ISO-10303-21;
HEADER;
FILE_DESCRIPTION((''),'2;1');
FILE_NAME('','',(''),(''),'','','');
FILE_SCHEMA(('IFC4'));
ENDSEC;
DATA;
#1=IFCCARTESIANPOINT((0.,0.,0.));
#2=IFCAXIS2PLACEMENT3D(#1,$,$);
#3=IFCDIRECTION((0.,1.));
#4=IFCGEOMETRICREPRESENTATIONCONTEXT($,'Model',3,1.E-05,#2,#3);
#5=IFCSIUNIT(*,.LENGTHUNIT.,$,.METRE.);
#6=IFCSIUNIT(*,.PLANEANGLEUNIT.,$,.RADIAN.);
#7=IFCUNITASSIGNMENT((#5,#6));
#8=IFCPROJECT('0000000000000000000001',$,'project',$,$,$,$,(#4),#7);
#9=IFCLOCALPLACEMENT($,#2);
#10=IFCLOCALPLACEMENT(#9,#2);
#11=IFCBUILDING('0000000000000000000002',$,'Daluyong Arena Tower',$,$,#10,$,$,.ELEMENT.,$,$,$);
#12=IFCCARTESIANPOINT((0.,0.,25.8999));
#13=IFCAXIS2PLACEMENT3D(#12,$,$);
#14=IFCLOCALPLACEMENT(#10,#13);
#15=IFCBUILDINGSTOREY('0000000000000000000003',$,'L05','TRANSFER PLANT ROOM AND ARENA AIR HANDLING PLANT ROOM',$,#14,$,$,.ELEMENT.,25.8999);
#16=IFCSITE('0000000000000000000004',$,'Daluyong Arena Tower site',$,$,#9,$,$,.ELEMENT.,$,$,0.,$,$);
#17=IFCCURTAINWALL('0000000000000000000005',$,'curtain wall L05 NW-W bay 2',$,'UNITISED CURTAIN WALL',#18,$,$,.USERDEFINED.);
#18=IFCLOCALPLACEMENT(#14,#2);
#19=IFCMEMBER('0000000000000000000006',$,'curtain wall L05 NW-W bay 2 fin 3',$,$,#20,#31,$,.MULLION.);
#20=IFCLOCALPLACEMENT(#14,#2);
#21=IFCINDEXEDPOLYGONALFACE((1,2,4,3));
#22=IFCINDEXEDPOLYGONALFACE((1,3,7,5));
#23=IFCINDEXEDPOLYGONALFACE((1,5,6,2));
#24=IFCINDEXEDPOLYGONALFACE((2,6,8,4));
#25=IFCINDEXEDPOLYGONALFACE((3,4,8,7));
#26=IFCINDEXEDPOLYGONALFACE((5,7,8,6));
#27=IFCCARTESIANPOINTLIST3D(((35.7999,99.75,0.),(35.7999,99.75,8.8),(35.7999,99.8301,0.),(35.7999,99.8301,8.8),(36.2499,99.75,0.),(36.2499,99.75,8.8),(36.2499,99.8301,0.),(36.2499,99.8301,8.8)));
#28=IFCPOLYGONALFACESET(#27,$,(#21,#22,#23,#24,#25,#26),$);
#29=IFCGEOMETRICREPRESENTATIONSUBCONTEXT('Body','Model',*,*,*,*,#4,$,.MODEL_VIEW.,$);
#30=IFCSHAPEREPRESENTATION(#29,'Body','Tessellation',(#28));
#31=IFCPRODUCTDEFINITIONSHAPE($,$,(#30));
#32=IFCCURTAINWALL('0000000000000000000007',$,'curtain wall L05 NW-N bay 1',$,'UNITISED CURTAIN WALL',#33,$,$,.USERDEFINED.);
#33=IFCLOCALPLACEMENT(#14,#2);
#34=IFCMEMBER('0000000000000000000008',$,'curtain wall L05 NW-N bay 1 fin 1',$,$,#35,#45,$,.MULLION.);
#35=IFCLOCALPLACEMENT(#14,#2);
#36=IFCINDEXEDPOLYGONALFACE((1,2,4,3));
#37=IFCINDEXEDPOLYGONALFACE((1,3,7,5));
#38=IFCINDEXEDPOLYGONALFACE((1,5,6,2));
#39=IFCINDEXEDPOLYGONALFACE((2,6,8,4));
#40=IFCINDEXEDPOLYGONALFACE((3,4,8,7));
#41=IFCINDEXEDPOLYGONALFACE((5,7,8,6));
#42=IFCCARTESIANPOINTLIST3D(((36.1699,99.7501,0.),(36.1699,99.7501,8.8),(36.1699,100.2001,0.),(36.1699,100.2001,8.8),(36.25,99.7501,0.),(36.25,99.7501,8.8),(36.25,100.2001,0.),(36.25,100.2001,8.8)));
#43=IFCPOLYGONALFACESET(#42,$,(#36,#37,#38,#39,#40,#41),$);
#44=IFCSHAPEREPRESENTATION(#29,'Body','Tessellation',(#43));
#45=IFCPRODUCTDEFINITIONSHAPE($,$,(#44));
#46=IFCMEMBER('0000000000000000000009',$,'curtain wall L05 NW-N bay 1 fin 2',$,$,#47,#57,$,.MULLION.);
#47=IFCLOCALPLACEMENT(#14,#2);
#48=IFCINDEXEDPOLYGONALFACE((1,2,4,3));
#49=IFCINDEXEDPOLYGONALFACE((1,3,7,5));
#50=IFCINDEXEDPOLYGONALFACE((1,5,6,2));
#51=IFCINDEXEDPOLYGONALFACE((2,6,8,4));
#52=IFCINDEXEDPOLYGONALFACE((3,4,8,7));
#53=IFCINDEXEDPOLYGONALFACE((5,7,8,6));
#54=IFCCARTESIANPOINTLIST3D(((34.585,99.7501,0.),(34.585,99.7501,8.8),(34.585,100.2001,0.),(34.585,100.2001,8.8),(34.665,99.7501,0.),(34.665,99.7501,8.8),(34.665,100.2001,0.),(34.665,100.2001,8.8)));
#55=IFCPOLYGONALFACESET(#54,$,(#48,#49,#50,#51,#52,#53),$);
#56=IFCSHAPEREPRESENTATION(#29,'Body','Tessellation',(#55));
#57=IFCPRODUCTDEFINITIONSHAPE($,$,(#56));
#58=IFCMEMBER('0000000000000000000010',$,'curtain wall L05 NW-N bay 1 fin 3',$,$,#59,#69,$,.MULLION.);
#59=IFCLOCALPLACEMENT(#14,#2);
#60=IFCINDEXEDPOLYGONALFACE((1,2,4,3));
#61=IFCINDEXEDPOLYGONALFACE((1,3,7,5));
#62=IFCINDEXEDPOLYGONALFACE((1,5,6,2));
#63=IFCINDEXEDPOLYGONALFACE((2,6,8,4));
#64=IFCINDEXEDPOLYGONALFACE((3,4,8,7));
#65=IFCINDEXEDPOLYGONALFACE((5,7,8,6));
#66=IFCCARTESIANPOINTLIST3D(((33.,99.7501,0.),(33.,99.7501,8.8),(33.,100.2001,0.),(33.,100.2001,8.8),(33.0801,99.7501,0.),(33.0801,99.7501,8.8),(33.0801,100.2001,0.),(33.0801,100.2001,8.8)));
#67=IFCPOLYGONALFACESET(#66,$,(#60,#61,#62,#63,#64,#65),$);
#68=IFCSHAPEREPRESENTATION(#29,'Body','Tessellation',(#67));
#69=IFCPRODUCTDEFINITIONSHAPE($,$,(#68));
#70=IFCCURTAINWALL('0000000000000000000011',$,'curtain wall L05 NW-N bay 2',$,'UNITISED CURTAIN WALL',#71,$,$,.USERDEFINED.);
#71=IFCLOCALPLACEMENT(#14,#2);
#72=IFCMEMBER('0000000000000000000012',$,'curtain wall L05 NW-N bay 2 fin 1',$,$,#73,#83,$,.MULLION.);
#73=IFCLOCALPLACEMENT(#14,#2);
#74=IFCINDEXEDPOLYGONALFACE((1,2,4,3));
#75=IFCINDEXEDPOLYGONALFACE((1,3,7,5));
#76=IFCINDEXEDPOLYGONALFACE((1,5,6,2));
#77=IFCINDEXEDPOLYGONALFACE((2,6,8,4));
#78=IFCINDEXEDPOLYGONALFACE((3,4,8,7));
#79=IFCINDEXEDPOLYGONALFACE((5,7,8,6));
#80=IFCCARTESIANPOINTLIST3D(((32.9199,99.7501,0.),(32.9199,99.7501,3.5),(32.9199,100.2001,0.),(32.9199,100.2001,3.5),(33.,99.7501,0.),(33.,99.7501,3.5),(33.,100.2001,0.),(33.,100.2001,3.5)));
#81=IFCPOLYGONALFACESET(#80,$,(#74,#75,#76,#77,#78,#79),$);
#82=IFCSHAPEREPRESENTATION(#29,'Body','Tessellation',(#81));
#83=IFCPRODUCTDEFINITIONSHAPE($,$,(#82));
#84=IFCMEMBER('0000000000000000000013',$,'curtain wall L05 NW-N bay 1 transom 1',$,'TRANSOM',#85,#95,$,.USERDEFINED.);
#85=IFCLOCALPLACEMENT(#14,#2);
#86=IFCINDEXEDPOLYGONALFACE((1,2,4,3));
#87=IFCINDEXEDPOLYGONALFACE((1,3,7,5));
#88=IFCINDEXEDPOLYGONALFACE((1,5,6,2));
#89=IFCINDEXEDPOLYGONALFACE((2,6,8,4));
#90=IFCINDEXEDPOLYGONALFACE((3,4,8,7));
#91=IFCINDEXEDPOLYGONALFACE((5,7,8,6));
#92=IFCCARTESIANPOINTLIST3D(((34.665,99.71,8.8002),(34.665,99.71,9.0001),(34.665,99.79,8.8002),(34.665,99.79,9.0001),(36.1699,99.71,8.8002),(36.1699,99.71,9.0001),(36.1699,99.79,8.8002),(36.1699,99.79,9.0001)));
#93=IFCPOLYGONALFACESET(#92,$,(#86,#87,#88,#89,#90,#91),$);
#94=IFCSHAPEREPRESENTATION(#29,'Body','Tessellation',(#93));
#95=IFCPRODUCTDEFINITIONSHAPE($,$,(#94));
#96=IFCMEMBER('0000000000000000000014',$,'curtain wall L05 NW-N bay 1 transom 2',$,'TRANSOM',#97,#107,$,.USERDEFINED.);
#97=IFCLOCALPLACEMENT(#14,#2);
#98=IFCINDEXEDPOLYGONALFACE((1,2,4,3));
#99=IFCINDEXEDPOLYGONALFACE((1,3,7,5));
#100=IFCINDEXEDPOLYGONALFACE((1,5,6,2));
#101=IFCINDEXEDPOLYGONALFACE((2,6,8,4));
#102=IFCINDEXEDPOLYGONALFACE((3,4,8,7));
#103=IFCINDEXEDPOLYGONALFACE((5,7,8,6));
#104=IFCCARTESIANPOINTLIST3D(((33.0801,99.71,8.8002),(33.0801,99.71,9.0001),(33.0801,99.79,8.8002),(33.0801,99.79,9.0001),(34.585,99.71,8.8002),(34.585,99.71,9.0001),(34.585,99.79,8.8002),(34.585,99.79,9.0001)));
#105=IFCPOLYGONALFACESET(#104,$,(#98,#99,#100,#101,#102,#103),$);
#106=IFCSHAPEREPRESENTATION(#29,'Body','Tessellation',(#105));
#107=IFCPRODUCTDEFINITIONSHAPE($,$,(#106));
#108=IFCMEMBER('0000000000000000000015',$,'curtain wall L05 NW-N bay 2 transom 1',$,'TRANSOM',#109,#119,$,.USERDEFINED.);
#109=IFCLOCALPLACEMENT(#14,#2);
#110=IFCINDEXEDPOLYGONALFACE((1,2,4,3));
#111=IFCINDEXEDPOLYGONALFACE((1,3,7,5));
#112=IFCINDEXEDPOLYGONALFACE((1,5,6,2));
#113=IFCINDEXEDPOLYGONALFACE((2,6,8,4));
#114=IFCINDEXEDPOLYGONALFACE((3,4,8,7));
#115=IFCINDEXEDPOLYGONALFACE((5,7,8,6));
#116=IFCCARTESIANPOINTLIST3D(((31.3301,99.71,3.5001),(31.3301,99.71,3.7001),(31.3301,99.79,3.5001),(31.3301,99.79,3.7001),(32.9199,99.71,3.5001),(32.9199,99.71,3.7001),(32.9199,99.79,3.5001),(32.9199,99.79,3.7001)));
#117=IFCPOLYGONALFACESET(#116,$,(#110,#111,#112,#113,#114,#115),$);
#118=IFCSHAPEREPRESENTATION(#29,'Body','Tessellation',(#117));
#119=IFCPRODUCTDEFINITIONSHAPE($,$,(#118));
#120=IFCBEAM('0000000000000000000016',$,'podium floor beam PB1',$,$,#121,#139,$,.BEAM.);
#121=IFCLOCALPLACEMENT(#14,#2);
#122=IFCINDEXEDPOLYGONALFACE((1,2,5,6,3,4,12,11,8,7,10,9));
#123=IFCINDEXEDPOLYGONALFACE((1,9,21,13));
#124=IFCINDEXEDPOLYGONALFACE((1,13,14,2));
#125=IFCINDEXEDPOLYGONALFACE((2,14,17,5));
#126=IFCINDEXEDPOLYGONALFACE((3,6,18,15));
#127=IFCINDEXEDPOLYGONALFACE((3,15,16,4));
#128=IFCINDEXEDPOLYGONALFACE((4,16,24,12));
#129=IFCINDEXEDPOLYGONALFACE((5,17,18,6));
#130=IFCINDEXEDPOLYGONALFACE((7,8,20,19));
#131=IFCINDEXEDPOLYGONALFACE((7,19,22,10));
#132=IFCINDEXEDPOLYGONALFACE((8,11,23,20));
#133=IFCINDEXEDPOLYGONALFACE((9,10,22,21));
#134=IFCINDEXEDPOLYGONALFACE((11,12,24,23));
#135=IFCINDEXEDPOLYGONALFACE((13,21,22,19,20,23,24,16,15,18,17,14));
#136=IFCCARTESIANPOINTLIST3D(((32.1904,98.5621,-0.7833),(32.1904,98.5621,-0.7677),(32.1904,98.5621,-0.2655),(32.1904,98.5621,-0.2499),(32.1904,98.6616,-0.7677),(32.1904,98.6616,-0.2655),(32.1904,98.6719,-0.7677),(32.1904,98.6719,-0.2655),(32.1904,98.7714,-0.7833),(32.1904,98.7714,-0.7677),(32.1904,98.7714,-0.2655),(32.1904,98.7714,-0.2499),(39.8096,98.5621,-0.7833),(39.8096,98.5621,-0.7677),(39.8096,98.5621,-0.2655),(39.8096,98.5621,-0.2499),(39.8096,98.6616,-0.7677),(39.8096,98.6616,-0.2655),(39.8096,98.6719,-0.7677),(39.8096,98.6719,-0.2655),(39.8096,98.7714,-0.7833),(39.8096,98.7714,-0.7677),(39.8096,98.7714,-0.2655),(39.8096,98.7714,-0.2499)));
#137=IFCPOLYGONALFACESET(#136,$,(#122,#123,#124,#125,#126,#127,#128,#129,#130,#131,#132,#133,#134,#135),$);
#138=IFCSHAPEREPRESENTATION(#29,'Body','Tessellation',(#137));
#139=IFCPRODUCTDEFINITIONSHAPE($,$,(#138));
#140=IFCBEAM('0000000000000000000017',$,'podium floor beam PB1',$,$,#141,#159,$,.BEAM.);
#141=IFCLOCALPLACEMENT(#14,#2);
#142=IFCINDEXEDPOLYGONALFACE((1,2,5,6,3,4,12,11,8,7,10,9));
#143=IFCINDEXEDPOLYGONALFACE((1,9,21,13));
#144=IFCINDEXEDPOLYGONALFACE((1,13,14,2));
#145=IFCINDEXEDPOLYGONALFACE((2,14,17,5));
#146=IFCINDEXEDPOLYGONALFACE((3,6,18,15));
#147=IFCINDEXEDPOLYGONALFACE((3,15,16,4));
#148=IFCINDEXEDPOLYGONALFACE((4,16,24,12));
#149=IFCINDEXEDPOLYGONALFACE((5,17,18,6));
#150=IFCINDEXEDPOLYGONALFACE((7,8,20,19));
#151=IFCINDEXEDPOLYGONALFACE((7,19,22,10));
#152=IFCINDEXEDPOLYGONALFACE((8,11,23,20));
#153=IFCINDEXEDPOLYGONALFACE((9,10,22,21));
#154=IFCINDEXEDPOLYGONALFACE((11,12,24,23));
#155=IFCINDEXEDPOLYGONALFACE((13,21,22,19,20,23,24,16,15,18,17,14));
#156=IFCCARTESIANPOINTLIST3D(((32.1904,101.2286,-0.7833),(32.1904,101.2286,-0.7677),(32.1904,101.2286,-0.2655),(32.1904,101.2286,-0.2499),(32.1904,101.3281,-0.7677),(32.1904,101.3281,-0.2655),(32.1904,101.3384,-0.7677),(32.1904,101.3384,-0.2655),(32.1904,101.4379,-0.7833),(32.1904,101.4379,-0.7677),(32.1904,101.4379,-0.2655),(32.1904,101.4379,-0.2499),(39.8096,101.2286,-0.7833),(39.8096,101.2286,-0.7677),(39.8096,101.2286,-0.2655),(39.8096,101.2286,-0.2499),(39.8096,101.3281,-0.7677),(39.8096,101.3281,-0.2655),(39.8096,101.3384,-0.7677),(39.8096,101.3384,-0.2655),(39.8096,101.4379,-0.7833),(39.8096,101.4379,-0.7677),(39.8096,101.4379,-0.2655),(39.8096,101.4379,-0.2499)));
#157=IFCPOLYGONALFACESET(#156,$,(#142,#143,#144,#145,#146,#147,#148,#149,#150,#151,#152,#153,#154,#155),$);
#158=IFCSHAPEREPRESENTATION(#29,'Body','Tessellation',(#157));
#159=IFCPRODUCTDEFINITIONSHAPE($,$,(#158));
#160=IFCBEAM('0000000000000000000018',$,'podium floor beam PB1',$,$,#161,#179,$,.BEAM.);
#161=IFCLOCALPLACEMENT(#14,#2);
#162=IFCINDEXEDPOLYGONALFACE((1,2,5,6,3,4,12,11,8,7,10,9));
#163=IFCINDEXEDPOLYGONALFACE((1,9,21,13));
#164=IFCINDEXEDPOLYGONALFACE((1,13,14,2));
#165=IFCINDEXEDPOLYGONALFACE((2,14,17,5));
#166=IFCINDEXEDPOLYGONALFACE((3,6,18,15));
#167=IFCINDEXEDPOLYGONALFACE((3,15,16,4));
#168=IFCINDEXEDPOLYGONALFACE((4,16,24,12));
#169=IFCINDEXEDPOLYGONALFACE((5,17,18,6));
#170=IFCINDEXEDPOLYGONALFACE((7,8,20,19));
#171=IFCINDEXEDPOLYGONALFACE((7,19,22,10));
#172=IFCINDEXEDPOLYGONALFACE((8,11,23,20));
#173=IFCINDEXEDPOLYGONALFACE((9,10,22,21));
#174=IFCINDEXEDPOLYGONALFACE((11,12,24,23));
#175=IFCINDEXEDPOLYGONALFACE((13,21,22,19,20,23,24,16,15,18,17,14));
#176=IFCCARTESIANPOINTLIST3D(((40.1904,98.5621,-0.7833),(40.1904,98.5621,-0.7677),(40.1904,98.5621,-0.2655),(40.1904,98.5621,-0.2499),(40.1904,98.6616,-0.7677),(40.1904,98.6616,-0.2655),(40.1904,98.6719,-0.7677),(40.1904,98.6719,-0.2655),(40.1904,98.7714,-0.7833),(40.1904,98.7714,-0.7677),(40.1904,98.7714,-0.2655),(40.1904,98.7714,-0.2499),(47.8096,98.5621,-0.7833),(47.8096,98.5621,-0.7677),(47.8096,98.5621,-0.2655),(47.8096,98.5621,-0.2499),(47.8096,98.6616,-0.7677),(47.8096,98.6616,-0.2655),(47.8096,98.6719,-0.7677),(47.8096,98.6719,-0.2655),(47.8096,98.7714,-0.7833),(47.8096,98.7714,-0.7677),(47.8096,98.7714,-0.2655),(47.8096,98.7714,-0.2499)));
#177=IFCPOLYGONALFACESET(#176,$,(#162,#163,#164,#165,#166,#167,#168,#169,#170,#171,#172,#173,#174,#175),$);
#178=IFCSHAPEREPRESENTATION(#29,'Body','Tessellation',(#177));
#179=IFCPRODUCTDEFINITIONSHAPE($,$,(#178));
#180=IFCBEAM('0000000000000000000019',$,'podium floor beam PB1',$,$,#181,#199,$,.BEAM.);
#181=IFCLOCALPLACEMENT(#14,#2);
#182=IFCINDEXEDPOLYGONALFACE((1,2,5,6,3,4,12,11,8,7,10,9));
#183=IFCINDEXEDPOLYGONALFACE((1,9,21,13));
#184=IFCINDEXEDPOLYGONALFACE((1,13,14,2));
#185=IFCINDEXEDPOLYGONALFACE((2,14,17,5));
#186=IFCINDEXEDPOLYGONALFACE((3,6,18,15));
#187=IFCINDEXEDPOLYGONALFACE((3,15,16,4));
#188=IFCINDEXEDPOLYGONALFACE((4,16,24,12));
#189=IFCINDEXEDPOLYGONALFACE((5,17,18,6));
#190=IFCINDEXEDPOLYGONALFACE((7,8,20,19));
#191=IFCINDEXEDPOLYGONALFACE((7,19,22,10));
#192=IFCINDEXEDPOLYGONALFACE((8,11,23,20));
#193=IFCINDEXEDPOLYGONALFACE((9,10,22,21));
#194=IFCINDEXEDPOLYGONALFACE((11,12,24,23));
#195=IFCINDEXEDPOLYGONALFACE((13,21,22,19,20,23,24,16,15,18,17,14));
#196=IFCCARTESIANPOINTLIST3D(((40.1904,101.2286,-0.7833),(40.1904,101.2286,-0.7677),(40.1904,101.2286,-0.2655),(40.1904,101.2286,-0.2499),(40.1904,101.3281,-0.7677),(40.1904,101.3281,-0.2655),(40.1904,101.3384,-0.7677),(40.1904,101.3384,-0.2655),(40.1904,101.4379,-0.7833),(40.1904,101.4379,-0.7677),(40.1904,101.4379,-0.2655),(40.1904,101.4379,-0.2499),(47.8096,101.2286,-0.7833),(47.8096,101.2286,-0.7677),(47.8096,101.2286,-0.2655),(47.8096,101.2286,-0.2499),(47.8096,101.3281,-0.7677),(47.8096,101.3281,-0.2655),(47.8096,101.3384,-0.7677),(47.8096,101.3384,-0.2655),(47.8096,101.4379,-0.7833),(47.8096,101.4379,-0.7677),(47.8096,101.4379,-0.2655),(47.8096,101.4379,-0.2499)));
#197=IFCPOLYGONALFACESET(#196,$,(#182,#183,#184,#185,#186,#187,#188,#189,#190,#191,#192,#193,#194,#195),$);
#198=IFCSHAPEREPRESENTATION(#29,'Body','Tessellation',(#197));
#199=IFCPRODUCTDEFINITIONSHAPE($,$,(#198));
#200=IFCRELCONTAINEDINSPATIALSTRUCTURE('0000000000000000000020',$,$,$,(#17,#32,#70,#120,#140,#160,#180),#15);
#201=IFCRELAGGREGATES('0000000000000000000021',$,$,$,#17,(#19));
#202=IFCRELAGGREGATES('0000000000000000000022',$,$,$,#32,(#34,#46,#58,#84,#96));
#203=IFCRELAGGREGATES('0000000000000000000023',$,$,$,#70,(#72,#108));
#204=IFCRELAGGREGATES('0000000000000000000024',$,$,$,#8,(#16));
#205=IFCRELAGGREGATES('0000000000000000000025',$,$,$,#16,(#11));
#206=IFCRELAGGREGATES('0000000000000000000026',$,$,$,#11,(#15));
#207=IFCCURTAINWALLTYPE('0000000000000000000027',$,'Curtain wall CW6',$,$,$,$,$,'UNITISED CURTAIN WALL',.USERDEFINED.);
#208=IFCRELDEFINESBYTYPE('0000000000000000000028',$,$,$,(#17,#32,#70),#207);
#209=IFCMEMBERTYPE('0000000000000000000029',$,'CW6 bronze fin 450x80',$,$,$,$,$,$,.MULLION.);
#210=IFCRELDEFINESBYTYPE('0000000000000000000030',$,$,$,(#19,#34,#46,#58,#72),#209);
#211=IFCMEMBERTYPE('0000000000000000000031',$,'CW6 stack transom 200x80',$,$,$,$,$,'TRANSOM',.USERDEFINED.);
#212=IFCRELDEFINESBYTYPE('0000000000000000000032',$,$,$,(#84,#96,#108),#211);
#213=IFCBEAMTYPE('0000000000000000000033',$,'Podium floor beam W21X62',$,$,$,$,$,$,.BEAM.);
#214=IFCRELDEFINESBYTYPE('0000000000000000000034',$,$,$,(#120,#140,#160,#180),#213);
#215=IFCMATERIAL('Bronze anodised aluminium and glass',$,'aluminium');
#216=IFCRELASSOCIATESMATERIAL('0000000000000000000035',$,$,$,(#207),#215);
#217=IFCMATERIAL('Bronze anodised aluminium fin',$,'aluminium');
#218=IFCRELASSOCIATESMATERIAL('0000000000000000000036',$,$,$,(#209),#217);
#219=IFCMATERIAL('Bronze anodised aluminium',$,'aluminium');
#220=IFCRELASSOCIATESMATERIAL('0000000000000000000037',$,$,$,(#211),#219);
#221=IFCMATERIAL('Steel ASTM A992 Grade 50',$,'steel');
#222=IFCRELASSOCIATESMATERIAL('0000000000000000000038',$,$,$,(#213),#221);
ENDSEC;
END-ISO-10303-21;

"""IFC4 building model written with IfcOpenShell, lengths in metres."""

from ifc_helpers import new_model, si_unit, direction, frame, origin, origin_2d, place, context, subcontext, project, spatial, rectangle, i_section, extrude, material, material_profile, profile_set, type_object, element, aggregate, save


model = new_model("IFC4")

# Units and contexts
model_context = context("Model", 3, precision=1e-05, world=origin(), true_north=direction((0.0, 1.0)))
body_context = subcontext(model_context, "Body", "Model", "MODEL_VIEW")
ifc_project = project(units=[si_unit("LENGTHUNIT", "METRE"), si_unit("PLANEANGLEUNIT", "RADIAN")], contexts=[model_context])

# Site, building, storey
site_placement = place(None, origin())
site = spatial("IfcSite", under=ifc_project, at=site_placement, Name="Daluyong Arena Tower site", CompositionType="ELEMENT", RefElevation=0.0)
building_placement = place(site_placement, origin())
building = spatial("IfcBuilding", under=site, at=building_placement, Name="Daluyong Arena Tower", CompositionType="ELEMENT")
storey_placement = place(building_placement, frame((0.0, 0.0, 25.8999)))
storey = spatial("IfcBuildingStorey", under=building, at=storey_placement, Name="L05", Description="TRANSFER PLANT ROOM AND ARENA AIR HANDLING PLANT ROOM", CompositionType="ELEMENT", Elevation=25.8999)

# Curtain wall, member
ifc_material_1 = material(Name="Bronze anodised aluminium and glass", Category="aluminium")
curtain_wall_type = type_object("IfcCurtainWallType", Name="Curtain wall CW6", ElementType="UNITISED CURTAIN WALL", PredefinedType="USERDEFINED", material=ifc_material_1)
curtain_wall_1_placement = place(storey_placement, origin())
curtain_wall_1 = element("IfcCurtainWall", 1, at=curtain_wall_1_placement, inside=storey, type_object=curtain_wall_type, Name="curtain wall L05 NW-W bay 2", ObjectType="UNITISED CURTAIN WALL", PredefinedType="USERDEFINED")
ifc_material_2 = material(Name="Bronze anodised aluminium fin", Category="aluminium")
ifc_material_profile_1 = material_profile(ifc_material_2, rectangle(XDim=0.45, YDim=0.0801, at=origin_2d()))
ifc_profile_set_1 = profile_set([ifc_material_profile_1], Name="Bronze anodised aluminium fin")
member_type_1 = type_object("IfcMemberType", Name="CW6 bronze fin 450x80", PredefinedType="MULLION", material=ifc_profile_set_1)
member_1_placement = place(storey_placement, frame((36.0249, 99.79, 0.0), z_axis=(0.0, 0.0, 1.0), x_axis=(1.0, 0.0, 0.0)))
member_1 = element("IfcMember", 2, at=member_1_placement, type_object=member_type_1, Name="curtain wall L05 NW-W bay 2 fin 3", PredefinedType="MULLION", context=body_context, shape_type="SweptSolid", body=[
    extrude(rectangle(XDim=0.45, YDim=0.0801, at=origin_2d()), origin(), (0.0, 0.0, 1.0), 8.8),
])

# Curtain wall, members
curtain_wall_2_placement = place(storey_placement, origin())
curtain_wall_2 = element("IfcCurtainWall", 3, at=curtain_wall_2_placement, inside=storey, type_object=curtain_wall_type, Name="curtain wall L05 NW-N bay 1", ObjectType="UNITISED CURTAIN WALL", PredefinedType="USERDEFINED")
member_2_placement = place(storey_placement, frame((36.21, 99.9751, 0.0), z_axis=(0.0, 0.0, 1.0), x_axis=(0.0, -1.0, 0.0)))
member_2 = element("IfcMember", 4, at=member_2_placement, type_object=member_type_1, Name="curtain wall L05 NW-N bay 1 fin 1", PredefinedType="MULLION", context=body_context, shape_type="SweptSolid", body=[
    extrude(rectangle(XDim=0.45, YDim=0.0801, at=origin_2d()), origin(), (0.0, 0.0, 1.0), 8.8),
])
member_3_placement = place(storey_placement, frame((34.625, 99.9751, 0.0), z_axis=(0.0, 0.0, 1.0), x_axis=(0.0, -1.0, 0.0)))
member_3 = element("IfcMember", 5, at=member_3_placement, type_object=member_type_1, Name="curtain wall L05 NW-N bay 1 fin 2", PredefinedType="MULLION", context=body_context, shape_type="SweptSolid", body=[
    extrude(rectangle(XDim=0.45, YDim=0.0801, at=origin_2d()), origin(), (0.0, 0.0, 1.0), 8.8),
])
member_4_placement = place(storey_placement, frame((33.04, 99.9751, 0.0), z_axis=(0.0, 0.0, 1.0), x_axis=(0.0, -1.0, 0.0)))
member_4 = element("IfcMember", 6, at=member_4_placement, type_object=member_type_1, Name="curtain wall L05 NW-N bay 1 fin 3", PredefinedType="MULLION", context=body_context, shape_type="SweptSolid", body=[
    extrude(rectangle(XDim=0.45, YDim=0.0801, at=origin_2d()), origin(), (0.0, 0.0, 1.0), 8.8),
])

# Curtain wall, member
curtain_wall_3_placement = place(storey_placement, origin())
curtain_wall_3 = element("IfcCurtainWall", 7, at=curtain_wall_3_placement, inside=storey, type_object=curtain_wall_type, Name="curtain wall L05 NW-N bay 2", ObjectType="UNITISED CURTAIN WALL", PredefinedType="USERDEFINED")
member_5_placement = place(storey_placement, frame((32.96, 99.9751, 0.0), z_axis=(0.0, 0.0, 1.0), x_axis=(0.0, -1.0, 0.0)))
member_5 = element("IfcMember", 8, at=member_5_placement, type_object=member_type_1, Name="curtain wall L05 NW-N bay 2 fin 1", PredefinedType="MULLION", context=body_context, shape_type="SweptSolid", body=[
    extrude(rectangle(XDim=0.45, YDim=0.0801, at=origin_2d()), origin(), (0.0, 0.0, 1.0), 3.5),
])

# Members
ifc_material_3 = material(Name="Bronze anodised aluminium", Category="aluminium")
ifc_material_profile_2 = material_profile(ifc_material_3, rectangle(XDim=0.0801, YDim=0.2, at=origin_2d()))
ifc_profile_set_2 = profile_set([ifc_material_profile_2], Name="Bronze anodised aluminium")
member_type_2 = type_object("IfcMemberType", Name="CW6 stack transom 200x80", ElementType="TRANSOM", PredefinedType="USERDEFINED", material=ifc_profile_set_2)
member_6_placement = place(storey_placement, frame((36.1699, 99.75, 8.9001), z_axis=(-1.0, 0.0, 0.0), x_axis=(0.0, -1.0, 0.0)))
member_6 = element("IfcMember", 9, at=member_6_placement, type_object=member_type_2, Name="curtain wall L05 NW-N bay 1 transom 1", ObjectType="TRANSOM", PredefinedType="USERDEFINED", context=body_context, shape_type="SweptSolid", body=[
    extrude(rectangle(XDim=0.0801, YDim=0.2, at=origin_2d()), origin(), (0.0, 0.0, 1.0), 1.5049),
])
member_7_placement = place(storey_placement, frame((34.585, 99.75, 8.9001), z_axis=(-1.0, 0.0, 0.0), x_axis=(0.0, -1.0, 0.0)))
member_7 = element("IfcMember", 10, at=member_7_placement, type_object=member_type_2, Name="curtain wall L05 NW-N bay 1 transom 2", ObjectType="TRANSOM", PredefinedType="USERDEFINED", context=body_context, shape_type="SweptSolid", body=[
    extrude(rectangle(XDim=0.0801, YDim=0.2, at=origin_2d()), origin(), (0.0, 0.0, 1.0), 1.5049),
])
member_8_placement = place(storey_placement, frame((32.9199, 99.75, 3.6001), z_axis=(-1.0, 0.0, 0.0), x_axis=(0.0, -1.0, 0.0)))
member_8 = element("IfcMember", 11, at=member_8_placement, type_object=member_type_2, Name="curtain wall L05 NW-N bay 2 transom 1", ObjectType="TRANSOM", PredefinedType="USERDEFINED", context=body_context, shape_type="SweptSolid", body=[
    extrude(rectangle(XDim=0.0801, YDim=0.2, at=origin_2d()), origin(), (0.0, 0.0, 1.0), 1.5898),
])

# Beams
ifc_material_4 = material(Name="Steel ASTM A992 Grade 50", Category="steel")
ifc_material_profile_3 = material_profile(ifc_material_4, i_section(OverallWidth=0.2092, OverallDepth=0.5334, WebThickness=0.0103, FlangeThickness=0.0156, at=origin_2d()))
ifc_profile_set_3 = profile_set([ifc_material_profile_3], Name="Steel ASTM A992 Grade 50")
beam_type_1 = type_object("IfcBeamType", Name="Podium floor beam W21X62", PredefinedType="BEAM", material=ifc_profile_set_3)
for number, where, z_axis, x_axis, name in (
    (12, (32.1904, 98.6667, -0.5166), (1.0, 0.0, 0.0), (0.0, 1.0, 0.0), "podium floor beam PB1"),
    (13, (32.1904, 101.3333, -0.5166), (1.0, 0.0, 0.0), (0.0, 1.0, 0.0), "podium floor beam PB1"),
    (14, (40.1904, 98.6667, -0.5166), (1.0, 0.0, 0.0), (0.0, 1.0, 0.0), "podium floor beam PB1"),
    (15, (40.1904, 101.3333, -0.5166), (1.0, 0.0, 0.0), (0.0, 1.0, 0.0), "podium floor beam PB1"),
):
    element("IfcBeam", number, at=place(storey_placement, frame(where, z_axis=z_axis, x_axis=x_axis)), inside=storey, type_object=beam_type_1, Name=name, PredefinedType="BEAM", context=body_context, shape_type="SweptSolid", body=[
        extrude(i_section(OverallWidth=0.2092, OverallDepth=0.5334, WebThickness=0.0103, FlangeThickness=0.0156, at=origin_2d()), origin(), (0.0, 0.0, 1.0), 7.6191),
    ])

aggregate(curtain_wall_1, [member_1])
aggregate(curtain_wall_2, [member_2, member_3, member_4, member_6, member_7])
aggregate(curtain_wall_3, [member_5, member_8])

save(model, "model.ifc")
